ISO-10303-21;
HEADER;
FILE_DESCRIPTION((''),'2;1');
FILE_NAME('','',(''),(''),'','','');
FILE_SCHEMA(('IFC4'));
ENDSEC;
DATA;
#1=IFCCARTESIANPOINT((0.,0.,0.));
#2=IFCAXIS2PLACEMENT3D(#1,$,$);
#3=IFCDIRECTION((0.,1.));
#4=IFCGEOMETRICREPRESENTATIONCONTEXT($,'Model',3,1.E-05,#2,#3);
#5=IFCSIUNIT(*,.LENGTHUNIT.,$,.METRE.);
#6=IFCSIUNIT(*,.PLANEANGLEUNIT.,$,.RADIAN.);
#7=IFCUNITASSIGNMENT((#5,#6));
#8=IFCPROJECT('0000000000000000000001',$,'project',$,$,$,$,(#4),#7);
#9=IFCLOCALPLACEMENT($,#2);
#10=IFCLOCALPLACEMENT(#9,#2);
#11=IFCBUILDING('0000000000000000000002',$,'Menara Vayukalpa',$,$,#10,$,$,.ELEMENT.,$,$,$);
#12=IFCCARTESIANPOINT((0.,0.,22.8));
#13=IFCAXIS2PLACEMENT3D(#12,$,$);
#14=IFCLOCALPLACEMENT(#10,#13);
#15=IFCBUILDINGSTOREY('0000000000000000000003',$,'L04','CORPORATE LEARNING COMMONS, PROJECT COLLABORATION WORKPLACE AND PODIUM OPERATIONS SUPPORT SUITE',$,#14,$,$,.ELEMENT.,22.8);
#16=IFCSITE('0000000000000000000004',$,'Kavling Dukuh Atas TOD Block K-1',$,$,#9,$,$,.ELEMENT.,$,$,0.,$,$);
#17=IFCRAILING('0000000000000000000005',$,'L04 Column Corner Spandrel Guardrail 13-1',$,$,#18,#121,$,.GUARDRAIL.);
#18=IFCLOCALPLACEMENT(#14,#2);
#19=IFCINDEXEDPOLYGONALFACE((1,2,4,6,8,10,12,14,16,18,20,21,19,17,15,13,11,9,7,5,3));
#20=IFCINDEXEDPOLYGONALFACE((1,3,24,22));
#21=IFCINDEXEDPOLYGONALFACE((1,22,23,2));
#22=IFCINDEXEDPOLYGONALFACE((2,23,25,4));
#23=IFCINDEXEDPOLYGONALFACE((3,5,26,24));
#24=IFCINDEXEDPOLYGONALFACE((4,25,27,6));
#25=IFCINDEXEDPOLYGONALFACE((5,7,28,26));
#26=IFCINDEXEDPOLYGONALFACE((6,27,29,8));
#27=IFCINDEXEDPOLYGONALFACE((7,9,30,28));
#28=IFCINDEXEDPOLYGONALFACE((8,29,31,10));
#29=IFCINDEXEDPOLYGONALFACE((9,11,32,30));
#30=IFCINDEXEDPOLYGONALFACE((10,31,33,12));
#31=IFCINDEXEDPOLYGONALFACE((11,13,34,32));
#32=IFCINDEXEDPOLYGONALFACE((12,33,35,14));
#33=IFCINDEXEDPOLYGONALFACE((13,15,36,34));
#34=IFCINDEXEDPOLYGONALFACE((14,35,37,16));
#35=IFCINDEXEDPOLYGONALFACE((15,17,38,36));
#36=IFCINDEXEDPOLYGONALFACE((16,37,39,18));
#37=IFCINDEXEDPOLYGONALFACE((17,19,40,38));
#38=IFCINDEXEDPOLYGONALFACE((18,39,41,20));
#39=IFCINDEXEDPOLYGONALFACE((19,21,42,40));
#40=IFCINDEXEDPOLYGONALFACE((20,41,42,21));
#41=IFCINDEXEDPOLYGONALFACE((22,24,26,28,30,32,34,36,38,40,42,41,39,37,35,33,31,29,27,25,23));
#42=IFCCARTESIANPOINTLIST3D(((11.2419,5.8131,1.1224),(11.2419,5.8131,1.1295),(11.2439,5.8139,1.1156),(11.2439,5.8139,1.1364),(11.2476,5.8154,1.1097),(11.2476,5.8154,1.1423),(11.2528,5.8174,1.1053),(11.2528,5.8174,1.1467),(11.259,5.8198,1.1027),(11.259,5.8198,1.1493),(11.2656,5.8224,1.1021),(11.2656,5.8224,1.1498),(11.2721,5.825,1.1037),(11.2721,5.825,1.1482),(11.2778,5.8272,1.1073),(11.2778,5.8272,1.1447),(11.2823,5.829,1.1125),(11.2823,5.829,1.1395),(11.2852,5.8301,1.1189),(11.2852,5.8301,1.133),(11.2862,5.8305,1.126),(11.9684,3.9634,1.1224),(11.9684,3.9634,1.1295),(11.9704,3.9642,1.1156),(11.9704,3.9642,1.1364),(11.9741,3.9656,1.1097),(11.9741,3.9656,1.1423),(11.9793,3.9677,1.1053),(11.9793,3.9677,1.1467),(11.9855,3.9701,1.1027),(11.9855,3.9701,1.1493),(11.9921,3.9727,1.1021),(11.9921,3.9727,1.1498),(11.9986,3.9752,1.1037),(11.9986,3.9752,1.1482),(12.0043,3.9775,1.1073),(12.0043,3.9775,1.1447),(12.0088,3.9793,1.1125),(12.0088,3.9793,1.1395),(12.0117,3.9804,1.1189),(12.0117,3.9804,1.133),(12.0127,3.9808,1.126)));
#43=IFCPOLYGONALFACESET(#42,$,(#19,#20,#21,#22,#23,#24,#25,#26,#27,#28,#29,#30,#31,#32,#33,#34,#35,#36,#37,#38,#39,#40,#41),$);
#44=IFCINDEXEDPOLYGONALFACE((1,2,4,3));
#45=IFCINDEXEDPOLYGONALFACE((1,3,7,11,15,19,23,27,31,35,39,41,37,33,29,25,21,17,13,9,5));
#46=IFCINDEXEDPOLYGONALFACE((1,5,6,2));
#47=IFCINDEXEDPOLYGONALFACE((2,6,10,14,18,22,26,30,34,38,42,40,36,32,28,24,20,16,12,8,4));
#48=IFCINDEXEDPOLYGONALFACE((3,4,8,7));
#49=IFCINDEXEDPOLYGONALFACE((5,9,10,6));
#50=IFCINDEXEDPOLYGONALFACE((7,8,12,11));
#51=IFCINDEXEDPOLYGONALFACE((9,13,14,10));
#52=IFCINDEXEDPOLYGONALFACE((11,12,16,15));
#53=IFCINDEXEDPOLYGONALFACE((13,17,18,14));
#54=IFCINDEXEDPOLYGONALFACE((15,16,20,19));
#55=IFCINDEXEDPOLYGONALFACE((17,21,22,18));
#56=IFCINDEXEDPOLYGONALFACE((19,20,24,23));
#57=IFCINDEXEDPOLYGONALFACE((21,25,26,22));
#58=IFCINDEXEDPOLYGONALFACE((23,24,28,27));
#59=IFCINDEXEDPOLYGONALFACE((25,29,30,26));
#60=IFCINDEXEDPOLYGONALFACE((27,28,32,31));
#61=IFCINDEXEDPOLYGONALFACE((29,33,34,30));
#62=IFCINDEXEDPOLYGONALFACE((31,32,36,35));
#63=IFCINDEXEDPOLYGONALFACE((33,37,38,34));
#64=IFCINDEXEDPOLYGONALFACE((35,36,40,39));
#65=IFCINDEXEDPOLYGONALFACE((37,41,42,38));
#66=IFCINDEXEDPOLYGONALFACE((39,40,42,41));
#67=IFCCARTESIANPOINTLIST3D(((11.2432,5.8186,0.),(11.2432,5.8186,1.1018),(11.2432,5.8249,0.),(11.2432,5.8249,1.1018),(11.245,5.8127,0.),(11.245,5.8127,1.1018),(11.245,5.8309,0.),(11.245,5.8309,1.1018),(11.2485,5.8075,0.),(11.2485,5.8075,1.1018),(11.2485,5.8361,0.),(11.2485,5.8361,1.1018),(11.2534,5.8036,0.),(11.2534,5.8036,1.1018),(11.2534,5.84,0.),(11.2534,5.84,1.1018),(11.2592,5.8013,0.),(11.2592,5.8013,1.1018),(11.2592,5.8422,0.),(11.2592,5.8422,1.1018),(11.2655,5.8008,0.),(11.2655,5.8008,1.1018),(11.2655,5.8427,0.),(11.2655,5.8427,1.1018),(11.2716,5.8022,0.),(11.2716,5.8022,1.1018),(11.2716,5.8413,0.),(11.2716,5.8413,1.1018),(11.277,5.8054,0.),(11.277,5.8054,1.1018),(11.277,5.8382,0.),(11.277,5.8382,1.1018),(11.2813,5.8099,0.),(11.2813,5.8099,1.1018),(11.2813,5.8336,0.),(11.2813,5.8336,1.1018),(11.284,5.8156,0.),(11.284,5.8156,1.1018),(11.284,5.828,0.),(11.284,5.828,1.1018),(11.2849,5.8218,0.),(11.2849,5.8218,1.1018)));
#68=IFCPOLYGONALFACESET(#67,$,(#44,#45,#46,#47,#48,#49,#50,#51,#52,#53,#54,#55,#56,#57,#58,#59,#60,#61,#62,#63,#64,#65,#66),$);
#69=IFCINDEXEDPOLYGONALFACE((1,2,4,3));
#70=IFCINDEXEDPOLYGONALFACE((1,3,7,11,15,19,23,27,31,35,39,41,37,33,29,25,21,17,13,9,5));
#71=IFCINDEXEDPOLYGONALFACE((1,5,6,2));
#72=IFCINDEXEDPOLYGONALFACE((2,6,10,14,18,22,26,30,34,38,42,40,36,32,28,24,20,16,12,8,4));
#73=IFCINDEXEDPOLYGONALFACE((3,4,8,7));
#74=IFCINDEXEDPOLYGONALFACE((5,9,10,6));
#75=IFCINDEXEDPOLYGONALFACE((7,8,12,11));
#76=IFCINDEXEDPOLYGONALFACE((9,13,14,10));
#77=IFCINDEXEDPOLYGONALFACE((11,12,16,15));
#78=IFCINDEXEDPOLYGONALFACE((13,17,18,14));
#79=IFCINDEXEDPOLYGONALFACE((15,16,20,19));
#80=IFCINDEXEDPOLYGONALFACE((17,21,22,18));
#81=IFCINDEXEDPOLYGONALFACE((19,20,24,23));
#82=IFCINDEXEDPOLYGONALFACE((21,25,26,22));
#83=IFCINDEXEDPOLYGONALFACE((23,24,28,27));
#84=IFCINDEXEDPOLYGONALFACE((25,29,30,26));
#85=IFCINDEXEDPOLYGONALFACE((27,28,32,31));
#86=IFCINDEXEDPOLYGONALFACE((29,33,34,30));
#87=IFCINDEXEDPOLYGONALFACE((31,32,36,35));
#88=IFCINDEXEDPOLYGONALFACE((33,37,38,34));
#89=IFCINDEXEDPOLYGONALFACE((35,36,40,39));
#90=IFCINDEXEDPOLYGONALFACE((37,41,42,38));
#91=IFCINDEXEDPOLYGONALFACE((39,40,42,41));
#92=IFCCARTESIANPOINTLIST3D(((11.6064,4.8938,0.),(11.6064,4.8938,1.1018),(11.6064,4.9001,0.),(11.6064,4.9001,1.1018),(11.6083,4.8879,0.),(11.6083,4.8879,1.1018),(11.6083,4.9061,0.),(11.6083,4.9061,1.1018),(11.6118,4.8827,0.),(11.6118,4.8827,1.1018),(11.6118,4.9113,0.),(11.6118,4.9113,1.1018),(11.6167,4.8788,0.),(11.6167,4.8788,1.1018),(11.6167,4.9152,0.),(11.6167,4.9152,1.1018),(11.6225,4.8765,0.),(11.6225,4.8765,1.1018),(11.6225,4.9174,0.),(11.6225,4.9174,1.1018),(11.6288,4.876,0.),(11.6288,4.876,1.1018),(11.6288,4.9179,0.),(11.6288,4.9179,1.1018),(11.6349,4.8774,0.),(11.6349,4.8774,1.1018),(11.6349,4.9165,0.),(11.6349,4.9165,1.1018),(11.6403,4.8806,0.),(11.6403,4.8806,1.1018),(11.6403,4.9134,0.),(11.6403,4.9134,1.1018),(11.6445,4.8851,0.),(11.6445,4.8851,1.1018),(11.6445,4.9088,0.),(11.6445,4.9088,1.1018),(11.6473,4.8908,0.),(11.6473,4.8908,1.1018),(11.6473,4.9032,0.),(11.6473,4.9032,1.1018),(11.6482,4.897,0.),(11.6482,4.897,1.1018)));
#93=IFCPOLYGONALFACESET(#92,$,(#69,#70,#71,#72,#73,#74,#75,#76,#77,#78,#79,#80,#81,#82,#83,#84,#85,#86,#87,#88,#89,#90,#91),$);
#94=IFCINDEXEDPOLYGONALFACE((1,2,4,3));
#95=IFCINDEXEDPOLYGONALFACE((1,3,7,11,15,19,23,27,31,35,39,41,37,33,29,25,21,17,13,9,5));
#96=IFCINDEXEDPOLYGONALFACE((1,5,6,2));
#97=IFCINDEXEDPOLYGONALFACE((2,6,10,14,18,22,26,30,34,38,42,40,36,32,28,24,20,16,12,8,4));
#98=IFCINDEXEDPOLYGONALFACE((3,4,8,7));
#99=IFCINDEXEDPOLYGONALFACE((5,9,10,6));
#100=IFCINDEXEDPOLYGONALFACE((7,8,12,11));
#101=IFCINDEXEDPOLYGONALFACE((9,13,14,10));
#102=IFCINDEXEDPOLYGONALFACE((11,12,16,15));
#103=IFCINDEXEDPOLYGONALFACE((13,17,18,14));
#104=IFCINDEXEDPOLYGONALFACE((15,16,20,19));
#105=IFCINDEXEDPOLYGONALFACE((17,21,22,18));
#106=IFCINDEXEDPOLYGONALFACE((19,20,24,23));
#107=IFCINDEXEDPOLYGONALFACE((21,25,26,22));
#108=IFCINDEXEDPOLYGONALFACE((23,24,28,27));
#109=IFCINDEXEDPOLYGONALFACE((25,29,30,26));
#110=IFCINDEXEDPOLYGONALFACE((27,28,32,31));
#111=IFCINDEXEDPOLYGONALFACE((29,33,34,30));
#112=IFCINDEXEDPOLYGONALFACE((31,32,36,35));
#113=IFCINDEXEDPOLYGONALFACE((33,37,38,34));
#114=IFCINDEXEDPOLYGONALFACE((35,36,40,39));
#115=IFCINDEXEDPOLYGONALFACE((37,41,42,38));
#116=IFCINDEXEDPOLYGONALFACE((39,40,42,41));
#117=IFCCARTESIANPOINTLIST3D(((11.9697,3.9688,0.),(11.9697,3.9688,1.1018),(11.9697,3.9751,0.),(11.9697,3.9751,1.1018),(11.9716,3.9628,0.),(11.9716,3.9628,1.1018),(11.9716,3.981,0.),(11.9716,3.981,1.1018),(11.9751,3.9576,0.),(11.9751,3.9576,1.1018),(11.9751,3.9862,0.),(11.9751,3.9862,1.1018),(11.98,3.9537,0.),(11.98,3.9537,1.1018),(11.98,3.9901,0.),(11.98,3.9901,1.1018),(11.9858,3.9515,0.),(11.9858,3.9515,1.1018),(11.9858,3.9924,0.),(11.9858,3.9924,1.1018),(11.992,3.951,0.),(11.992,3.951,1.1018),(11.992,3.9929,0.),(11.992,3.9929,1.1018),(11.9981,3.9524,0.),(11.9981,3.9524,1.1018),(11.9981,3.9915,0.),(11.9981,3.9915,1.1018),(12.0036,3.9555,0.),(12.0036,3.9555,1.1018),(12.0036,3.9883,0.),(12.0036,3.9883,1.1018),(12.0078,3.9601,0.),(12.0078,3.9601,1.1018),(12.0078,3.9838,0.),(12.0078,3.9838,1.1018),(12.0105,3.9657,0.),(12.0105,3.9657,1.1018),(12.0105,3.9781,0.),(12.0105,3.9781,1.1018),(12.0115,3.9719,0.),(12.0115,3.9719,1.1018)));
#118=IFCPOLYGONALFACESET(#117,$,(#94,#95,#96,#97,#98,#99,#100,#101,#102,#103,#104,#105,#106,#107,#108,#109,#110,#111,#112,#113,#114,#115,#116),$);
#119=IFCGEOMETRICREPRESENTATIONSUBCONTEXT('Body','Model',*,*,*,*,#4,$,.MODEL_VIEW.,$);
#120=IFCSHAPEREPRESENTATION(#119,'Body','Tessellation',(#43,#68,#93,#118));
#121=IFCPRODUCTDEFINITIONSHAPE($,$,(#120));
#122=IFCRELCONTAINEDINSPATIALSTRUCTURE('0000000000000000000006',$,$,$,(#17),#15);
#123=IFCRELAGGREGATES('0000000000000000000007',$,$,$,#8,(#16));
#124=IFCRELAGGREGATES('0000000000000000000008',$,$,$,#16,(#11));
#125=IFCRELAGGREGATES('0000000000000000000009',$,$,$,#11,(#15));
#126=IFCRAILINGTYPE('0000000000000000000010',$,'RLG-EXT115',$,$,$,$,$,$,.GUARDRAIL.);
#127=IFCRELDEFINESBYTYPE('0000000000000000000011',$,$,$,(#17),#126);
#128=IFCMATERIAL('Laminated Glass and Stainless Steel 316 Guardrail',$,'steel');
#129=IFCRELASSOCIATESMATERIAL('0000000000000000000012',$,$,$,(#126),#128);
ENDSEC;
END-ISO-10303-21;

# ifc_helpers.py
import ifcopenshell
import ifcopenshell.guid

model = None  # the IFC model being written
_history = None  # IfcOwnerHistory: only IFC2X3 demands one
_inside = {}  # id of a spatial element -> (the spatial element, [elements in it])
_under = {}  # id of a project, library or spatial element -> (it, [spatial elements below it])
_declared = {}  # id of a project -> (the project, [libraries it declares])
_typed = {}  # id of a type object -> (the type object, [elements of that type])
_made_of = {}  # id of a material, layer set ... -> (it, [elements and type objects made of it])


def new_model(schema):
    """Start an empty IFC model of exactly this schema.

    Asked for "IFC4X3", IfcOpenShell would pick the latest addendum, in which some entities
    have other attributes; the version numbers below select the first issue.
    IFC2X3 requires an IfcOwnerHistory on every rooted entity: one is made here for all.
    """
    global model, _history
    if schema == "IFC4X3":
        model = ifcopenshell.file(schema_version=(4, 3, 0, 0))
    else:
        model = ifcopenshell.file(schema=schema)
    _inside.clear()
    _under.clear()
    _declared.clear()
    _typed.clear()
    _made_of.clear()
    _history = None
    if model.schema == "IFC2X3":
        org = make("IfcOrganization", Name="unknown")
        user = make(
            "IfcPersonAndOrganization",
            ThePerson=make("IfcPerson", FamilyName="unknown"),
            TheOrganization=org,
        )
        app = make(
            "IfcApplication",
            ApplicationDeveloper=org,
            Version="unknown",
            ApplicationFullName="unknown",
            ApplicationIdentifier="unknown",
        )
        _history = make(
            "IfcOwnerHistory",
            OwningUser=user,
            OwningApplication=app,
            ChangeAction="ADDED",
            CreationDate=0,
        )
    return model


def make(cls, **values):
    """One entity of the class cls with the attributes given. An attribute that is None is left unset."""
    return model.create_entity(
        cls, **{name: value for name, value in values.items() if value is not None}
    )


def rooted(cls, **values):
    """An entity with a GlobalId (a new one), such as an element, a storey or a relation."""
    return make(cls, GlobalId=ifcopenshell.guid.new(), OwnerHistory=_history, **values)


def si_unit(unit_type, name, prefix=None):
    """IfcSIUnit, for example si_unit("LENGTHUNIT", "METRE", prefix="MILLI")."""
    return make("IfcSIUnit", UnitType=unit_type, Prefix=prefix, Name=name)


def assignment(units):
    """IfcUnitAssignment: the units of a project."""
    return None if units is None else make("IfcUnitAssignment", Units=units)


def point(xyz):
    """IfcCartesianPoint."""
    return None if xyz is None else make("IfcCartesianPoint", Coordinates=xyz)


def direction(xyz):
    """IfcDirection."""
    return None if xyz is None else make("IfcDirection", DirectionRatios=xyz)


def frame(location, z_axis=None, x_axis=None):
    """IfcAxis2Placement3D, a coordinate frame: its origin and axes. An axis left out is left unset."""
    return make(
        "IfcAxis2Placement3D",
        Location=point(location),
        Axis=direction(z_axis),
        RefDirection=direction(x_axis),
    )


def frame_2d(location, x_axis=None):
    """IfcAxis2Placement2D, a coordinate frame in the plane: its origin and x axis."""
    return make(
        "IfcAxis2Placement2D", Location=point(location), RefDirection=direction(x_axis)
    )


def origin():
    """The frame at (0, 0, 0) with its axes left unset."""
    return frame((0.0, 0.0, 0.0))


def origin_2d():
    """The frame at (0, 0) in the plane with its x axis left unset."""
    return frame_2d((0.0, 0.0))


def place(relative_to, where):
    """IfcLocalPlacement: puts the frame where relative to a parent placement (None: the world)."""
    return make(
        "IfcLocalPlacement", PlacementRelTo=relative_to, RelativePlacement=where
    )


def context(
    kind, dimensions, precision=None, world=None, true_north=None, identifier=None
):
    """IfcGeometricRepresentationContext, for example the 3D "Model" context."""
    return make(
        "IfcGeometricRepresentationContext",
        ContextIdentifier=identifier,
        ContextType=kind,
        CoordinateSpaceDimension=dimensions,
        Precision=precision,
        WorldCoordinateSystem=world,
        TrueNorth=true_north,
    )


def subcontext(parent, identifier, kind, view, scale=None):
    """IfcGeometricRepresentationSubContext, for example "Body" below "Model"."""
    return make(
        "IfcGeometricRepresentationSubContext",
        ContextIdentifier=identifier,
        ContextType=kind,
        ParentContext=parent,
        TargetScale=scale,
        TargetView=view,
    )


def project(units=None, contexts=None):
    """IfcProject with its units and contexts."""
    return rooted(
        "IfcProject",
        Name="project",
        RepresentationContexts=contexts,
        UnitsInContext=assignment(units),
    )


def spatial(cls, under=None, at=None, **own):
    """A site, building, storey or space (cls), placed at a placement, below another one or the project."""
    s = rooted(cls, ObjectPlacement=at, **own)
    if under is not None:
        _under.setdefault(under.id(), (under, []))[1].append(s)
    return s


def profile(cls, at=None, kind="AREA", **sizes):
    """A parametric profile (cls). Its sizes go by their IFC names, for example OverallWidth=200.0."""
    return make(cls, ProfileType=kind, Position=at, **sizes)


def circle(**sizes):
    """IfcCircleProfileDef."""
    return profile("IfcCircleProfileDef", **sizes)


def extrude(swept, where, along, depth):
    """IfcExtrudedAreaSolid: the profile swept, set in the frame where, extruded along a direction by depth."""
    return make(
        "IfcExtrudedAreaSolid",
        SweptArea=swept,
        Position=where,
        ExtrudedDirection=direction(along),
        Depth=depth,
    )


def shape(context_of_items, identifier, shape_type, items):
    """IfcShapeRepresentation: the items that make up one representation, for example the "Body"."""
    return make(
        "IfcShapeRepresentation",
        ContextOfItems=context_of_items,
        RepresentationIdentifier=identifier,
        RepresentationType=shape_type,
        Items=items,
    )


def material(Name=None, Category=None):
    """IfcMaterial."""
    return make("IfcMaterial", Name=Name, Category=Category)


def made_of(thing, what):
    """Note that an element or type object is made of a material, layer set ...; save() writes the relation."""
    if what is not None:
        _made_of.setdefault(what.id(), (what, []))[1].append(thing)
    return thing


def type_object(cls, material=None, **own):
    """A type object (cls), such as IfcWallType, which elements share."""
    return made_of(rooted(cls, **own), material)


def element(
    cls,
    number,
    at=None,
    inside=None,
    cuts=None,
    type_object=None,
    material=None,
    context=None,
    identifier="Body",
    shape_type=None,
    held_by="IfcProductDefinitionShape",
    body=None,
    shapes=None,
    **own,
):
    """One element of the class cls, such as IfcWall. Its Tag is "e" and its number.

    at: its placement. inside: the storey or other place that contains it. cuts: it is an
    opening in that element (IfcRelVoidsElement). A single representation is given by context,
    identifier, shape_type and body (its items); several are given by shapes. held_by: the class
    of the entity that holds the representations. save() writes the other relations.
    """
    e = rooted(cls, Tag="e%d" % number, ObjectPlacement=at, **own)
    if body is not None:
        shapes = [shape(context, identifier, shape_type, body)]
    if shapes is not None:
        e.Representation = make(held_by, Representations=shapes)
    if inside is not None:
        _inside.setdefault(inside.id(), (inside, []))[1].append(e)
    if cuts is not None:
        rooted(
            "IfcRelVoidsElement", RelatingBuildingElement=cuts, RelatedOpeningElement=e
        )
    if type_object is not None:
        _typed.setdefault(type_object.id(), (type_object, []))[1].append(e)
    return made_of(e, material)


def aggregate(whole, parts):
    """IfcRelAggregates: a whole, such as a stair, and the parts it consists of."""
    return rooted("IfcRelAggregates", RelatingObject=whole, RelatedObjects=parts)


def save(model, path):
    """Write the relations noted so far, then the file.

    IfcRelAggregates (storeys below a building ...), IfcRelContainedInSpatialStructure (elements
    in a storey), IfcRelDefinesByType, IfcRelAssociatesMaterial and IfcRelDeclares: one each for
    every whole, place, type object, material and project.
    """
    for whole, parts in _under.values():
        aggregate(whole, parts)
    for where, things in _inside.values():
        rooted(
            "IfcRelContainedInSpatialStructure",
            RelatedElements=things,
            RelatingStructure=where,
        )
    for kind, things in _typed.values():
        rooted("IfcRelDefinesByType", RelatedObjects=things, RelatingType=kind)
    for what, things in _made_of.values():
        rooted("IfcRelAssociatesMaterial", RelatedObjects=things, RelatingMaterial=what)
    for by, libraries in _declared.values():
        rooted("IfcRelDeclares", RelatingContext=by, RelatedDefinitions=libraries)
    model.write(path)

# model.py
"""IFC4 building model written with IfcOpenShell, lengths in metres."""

from ifc_helpers import new_model, si_unit, direction, frame, origin, origin_2d, place, context, subcontext, project, spatial, circle, extrude, material, type_object, element, save


model = new_model("IFC4")

# Units and contexts
model_context = context("Model", 3, precision=1e-05, world=origin(), true_north=direction((0.0, 1.0)))
body_context = subcontext(model_context, "Body", "Model", "MODEL_VIEW")
ifc_project = project(units=[si_unit("LENGTHUNIT", "METRE"), si_unit("PLANEANGLEUNIT", "RADIAN")], contexts=[model_context])

# Site, building, storey
site_placement = place(None, origin())
site = spatial("IfcSite", under=ifc_project, at=site_placement, Name="Kavling Dukuh Atas TOD Block K-1", CompositionType="ELEMENT", RefElevation=0.0)
building_placement = place(site_placement, origin())
building = spatial("IfcBuilding", under=site, at=building_placement, Name="Menara Vayukalpa", CompositionType="ELEMENT")
storey_placement = place(building_placement, frame((0.0, 0.0, 22.8)))
storey = spatial("IfcBuildingStorey", under=building, at=storey_placement, Name="L04", Description="CORPORATE LEARNING COMMONS, PROJECT COLLABORATION WORKPLACE AND PODIUM OPERATIONS SUPPORT SUITE", CompositionType="ELEMENT", Elevation=22.8)

# Railing
ifc_material_1 = material(Name="Laminated Glass and Stainless Steel 316 Guardrail", Category="steel")
railing_type = type_object("IfcRailingType", Name="RLG-EXT115", PredefinedType="GUARDRAIL", material=ifc_material_1)
railing_1_placement = place(storey_placement, frame((11.2639, 5.8218, 0.0)))
element("IfcRailing", 1, at=railing_1_placement, inside=storey, type_object=railing_type, Name="L04 Column Corner Spandrel Guardrail 13-1", PredefinedType="GUARDRAIL", context=body_context, shape_type="SweptSolid", body=[
    extrude(circle(Radius=0.0239, at=origin_2d()), frame((0.0, 0.0, 1.126), z_axis=(0.36558, -0.93078, 0.0), x_axis=(0.93078, 0.36558, 0.0)), (0.0, 0.0, 1.0), 1.9873),
    extrude(circle(Radius=0.021, at=origin_2d()), origin(), (0.0, 0.0, 1.0), 1.1018),
    extrude(circle(Radius=0.021, at=origin_2d()), frame((0.3633, -0.9248, 0.0)), (0.0, 0.0, 1.0), 1.1018),
    extrude(circle(Radius=0.021, at=origin_2d()), frame((0.7266, -1.8499, 0.0)), (0.0, 0.0, 1.0), 1.1018),
])

save(model, "model.ifc")
